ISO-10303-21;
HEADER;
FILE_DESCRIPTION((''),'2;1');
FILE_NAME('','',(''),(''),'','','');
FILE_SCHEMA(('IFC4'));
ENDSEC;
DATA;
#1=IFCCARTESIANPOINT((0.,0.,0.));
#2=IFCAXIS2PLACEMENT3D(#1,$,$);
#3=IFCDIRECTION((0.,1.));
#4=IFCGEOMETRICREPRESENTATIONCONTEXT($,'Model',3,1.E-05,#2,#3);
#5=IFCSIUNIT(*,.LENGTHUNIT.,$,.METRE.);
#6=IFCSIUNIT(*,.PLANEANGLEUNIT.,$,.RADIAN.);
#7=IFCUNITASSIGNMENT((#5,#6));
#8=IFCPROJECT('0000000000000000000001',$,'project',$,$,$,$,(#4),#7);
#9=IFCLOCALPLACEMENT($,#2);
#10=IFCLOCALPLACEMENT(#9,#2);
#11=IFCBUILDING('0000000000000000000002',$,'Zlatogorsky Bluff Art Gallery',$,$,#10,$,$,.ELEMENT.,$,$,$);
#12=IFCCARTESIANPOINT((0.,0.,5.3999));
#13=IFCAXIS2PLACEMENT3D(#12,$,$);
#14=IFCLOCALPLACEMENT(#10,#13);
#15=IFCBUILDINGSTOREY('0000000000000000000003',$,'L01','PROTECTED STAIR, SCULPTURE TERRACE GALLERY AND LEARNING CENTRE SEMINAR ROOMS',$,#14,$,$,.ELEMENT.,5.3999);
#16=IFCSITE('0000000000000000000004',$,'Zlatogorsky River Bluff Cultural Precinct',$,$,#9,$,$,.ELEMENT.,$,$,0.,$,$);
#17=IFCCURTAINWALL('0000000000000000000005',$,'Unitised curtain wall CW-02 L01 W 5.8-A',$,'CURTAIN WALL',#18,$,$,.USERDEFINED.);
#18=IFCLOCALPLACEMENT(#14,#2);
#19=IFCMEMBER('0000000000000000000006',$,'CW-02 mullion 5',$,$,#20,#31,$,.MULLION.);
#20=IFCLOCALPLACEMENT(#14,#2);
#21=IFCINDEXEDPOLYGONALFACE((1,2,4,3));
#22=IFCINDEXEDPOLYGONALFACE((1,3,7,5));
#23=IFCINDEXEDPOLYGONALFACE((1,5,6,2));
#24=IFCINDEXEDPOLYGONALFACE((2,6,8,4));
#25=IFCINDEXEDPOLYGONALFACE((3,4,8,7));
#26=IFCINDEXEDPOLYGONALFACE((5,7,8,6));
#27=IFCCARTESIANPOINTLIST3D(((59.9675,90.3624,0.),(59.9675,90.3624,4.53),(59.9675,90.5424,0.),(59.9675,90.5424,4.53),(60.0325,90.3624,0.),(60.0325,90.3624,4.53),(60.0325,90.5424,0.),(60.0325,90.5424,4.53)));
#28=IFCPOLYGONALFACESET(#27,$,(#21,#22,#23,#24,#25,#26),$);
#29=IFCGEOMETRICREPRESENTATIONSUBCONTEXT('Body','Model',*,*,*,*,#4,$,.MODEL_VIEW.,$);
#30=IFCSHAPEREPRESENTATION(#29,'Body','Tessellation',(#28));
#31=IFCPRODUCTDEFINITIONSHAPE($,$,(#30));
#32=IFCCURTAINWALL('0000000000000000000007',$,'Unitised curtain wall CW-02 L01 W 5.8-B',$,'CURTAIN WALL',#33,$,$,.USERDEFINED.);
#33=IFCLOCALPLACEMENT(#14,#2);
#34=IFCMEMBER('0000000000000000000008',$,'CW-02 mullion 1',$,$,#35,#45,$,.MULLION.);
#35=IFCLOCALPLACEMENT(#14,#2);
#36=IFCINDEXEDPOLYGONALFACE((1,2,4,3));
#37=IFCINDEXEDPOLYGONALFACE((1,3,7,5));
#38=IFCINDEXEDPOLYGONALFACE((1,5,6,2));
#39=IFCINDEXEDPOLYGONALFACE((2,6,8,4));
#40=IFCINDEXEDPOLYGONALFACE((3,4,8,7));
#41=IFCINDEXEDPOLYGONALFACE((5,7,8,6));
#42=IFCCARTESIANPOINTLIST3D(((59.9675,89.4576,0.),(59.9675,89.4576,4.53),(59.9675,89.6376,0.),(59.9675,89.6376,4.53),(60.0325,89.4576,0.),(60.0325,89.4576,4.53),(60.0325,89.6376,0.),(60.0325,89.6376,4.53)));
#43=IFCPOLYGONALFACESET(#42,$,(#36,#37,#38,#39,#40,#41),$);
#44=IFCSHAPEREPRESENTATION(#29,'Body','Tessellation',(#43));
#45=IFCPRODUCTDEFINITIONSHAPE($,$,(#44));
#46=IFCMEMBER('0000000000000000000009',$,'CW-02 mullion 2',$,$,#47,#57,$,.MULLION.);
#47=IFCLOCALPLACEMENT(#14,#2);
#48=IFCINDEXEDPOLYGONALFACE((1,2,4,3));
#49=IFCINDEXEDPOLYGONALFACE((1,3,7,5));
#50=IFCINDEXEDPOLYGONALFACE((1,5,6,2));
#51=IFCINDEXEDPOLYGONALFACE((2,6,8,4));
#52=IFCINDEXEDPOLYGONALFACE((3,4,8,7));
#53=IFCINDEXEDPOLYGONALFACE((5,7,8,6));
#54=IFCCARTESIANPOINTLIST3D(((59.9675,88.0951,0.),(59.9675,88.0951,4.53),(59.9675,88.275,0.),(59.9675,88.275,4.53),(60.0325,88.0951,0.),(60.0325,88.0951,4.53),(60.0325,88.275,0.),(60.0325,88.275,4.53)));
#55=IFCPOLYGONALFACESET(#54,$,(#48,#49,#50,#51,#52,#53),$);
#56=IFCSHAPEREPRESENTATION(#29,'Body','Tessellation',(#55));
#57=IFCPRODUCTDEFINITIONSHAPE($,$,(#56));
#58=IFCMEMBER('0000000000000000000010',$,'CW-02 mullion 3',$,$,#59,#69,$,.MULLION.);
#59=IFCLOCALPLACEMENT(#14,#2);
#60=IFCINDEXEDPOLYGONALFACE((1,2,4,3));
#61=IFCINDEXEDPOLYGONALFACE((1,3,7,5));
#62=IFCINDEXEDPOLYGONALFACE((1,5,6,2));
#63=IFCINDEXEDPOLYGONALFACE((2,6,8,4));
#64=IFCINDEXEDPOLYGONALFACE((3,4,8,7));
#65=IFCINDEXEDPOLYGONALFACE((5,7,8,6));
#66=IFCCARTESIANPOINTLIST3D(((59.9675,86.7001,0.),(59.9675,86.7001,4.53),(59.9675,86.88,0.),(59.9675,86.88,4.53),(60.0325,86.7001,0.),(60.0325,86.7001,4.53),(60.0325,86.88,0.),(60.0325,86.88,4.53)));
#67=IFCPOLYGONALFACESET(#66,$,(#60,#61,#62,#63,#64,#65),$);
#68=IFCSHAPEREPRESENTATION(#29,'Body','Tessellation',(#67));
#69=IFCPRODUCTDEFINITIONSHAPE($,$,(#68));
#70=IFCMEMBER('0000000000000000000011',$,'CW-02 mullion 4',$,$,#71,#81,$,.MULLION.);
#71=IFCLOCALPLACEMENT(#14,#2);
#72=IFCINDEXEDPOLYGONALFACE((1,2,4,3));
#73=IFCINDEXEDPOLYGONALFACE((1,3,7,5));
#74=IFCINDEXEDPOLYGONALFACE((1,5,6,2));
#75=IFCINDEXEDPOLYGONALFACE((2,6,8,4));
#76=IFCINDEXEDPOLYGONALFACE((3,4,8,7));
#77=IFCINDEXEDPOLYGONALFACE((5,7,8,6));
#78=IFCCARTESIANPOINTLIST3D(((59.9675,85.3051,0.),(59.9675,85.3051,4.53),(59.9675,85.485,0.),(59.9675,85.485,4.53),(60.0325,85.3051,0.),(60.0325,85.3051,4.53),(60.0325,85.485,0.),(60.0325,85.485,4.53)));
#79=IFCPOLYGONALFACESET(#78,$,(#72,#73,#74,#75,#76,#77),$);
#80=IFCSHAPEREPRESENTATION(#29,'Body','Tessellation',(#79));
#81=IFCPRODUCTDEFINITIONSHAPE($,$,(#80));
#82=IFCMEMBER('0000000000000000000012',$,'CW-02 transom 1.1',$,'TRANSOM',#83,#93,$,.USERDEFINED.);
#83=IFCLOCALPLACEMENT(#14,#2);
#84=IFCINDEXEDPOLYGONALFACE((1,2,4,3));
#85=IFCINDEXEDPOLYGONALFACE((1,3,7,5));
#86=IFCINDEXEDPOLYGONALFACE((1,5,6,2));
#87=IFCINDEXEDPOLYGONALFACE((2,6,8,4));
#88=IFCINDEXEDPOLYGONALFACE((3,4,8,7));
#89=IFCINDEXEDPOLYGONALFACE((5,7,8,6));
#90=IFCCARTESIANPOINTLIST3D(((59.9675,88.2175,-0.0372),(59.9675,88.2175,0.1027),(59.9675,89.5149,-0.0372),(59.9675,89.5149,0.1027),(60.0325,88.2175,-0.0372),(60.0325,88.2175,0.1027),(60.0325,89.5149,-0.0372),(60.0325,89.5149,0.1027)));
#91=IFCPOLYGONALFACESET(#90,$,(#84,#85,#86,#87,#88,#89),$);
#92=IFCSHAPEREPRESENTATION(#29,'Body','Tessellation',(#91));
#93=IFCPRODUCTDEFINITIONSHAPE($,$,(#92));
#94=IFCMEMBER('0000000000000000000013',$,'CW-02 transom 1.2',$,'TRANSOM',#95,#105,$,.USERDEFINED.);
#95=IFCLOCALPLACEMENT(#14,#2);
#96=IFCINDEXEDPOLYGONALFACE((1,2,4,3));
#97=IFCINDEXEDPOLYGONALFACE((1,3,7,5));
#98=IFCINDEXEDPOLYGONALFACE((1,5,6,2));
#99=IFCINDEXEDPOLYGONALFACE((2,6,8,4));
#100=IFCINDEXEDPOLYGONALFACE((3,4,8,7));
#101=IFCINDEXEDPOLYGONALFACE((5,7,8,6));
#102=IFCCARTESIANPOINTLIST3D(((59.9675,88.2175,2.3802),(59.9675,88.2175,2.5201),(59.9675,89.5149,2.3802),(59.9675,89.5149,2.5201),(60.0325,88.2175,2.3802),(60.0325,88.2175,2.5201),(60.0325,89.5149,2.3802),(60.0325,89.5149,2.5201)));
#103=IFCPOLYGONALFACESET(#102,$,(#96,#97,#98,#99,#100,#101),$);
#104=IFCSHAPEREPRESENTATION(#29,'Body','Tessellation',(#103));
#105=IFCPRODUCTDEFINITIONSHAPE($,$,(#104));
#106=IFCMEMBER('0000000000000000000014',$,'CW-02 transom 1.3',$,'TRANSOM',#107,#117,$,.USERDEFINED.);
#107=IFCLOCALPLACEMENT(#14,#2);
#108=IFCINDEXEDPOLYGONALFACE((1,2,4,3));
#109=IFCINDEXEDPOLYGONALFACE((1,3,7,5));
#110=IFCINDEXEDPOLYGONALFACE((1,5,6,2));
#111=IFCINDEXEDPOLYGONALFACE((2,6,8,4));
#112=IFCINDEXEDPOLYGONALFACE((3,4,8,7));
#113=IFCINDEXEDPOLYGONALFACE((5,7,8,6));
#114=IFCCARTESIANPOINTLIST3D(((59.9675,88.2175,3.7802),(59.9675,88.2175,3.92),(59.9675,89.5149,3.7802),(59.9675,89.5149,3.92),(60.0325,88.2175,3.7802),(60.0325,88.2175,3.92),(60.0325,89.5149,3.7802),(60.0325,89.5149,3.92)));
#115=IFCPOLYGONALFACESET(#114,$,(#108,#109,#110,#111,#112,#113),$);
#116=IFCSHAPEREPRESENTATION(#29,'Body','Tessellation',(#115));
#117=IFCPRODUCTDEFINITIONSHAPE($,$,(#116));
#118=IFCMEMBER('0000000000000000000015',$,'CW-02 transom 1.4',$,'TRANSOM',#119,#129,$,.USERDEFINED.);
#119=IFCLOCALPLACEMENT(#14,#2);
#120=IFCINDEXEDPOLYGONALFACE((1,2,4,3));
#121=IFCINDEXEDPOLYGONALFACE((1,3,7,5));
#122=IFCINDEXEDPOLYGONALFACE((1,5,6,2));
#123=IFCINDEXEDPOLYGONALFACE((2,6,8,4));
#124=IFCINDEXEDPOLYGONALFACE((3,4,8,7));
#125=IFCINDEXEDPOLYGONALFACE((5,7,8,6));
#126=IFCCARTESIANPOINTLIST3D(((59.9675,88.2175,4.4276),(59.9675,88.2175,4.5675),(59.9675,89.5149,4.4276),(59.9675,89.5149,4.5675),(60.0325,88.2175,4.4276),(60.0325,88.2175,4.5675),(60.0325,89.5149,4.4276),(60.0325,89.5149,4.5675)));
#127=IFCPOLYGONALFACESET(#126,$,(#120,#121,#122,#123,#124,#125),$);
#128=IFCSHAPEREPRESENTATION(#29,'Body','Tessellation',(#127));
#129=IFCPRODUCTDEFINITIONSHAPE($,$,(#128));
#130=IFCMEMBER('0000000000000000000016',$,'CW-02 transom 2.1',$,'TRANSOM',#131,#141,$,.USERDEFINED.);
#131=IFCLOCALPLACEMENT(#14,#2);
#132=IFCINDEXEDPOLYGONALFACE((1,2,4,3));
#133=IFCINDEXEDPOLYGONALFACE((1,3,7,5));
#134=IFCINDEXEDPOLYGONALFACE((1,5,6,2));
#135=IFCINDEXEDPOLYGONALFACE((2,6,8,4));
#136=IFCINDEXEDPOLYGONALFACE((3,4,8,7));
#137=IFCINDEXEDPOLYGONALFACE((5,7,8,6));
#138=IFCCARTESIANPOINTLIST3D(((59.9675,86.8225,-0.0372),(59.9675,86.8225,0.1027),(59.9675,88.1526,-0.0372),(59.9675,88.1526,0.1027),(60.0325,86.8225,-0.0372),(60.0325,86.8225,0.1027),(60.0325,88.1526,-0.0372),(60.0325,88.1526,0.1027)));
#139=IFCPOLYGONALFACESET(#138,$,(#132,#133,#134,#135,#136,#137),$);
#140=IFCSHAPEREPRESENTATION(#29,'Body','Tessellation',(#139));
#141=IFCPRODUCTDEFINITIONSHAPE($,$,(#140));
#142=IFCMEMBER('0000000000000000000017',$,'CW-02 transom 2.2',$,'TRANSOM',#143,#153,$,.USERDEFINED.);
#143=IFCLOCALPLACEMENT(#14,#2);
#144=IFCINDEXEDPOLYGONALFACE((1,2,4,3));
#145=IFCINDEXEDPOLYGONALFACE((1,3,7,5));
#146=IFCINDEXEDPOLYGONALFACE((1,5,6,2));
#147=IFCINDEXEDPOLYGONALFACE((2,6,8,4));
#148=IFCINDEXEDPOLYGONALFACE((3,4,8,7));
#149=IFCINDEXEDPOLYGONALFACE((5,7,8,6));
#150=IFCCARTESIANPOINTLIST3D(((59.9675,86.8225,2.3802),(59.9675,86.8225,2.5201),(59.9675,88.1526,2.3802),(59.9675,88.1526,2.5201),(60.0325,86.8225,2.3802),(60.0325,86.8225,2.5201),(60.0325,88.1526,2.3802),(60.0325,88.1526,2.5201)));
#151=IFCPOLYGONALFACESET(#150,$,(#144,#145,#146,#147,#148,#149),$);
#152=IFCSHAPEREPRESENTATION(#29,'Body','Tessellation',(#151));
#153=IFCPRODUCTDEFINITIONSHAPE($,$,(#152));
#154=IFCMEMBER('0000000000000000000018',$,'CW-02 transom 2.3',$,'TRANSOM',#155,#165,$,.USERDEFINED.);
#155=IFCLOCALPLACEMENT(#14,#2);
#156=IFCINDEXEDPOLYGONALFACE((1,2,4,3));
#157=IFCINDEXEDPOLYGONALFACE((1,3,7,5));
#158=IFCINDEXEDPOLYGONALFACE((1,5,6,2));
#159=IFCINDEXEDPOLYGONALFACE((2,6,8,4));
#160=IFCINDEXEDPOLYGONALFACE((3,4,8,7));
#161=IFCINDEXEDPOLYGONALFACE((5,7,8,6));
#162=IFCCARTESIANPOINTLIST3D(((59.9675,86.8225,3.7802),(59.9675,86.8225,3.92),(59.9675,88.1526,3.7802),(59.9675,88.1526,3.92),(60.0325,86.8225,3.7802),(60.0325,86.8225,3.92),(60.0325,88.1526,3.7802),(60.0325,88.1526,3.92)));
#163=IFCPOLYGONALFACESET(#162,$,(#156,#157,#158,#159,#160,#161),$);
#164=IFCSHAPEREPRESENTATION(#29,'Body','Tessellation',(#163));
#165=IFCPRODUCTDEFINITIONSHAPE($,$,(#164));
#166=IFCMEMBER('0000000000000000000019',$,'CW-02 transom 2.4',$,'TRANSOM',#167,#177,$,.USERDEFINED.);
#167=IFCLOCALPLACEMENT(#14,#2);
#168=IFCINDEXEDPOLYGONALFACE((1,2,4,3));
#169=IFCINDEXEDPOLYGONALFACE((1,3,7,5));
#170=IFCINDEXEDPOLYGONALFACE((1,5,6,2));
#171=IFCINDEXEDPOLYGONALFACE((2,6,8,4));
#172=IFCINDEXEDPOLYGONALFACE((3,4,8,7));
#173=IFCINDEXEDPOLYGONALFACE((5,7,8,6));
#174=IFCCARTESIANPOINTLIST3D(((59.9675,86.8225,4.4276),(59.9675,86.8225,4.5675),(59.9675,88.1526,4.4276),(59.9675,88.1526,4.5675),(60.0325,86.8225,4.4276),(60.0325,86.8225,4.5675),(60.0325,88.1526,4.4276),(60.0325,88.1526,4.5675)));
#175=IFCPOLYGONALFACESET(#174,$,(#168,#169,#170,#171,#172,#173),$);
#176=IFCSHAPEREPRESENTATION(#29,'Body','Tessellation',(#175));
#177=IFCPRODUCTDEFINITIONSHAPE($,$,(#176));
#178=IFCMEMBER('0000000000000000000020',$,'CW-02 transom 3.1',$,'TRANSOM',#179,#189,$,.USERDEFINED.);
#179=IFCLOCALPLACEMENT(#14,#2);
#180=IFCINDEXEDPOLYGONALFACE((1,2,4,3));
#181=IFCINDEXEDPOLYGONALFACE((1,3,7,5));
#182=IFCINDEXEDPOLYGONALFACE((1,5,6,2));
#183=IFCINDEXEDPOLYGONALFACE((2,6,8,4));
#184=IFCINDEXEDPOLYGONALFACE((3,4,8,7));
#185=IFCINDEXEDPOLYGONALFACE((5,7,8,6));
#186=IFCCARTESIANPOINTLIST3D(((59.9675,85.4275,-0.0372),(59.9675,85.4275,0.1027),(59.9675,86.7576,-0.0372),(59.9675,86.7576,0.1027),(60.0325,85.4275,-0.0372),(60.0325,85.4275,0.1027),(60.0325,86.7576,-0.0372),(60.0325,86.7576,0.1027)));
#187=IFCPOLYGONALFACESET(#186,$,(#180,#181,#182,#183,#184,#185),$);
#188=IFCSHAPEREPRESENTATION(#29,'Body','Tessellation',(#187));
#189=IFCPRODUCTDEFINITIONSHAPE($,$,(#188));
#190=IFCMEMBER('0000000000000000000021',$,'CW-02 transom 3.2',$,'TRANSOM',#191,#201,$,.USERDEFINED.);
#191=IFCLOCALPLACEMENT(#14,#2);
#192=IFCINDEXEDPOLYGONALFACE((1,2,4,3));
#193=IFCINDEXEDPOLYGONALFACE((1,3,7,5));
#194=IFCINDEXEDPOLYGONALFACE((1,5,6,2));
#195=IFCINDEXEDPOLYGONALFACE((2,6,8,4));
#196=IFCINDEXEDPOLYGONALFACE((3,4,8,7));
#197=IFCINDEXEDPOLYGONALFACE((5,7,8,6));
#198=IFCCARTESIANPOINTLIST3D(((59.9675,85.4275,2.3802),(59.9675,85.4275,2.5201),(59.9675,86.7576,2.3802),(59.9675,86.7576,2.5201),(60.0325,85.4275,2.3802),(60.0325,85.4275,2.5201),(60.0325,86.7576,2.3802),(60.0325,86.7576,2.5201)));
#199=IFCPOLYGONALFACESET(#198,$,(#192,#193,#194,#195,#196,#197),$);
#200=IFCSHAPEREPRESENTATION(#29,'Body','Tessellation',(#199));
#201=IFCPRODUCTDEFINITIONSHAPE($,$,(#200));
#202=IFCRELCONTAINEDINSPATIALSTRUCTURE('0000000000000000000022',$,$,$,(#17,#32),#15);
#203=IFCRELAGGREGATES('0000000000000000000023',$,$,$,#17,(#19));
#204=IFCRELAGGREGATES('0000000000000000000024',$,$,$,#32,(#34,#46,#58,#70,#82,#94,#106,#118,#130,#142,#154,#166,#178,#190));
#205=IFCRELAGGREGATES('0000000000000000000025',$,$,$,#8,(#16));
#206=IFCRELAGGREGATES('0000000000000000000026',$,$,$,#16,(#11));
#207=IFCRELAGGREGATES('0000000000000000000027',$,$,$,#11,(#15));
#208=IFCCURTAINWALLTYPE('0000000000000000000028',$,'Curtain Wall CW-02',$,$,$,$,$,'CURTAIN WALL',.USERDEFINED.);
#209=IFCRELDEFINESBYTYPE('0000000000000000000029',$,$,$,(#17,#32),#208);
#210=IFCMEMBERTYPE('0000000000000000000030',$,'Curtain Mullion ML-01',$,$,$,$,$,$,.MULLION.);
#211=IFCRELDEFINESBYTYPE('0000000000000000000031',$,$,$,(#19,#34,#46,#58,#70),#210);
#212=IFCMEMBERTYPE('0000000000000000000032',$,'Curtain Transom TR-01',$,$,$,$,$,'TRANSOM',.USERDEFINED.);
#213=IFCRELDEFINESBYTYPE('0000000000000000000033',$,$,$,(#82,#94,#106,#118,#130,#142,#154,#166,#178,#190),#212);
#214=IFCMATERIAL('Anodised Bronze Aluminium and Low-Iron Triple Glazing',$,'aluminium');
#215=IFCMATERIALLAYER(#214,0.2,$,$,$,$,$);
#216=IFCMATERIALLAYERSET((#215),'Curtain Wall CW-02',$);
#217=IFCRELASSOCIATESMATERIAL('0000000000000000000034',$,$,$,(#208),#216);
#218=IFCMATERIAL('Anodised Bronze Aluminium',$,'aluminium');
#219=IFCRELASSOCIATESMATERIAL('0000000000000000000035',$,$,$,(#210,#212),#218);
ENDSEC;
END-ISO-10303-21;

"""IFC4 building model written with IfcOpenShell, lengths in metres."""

from ifc_helpers import new_model, si_unit, direction, frame, origin, origin_2d, place, context, subcontext, project, spatial, rectangle, extrude, material, layer, layer_set, material_profile, profile_set, type_object, element, aggregate, save


model = new_model("IFC4")

# Units and contexts
model_context = context("Model", 3, precision=1e-05, world=origin(), true_north=direction((0.0, 1.0)))
body_context = subcontext(model_context, "Body", "Model", "MODEL_VIEW")
ifc_project = project(units=[si_unit("LENGTHUNIT", "METRE"), si_unit("PLANEANGLEUNIT", "RADIAN")], contexts=[model_context])

# Site, building, storey
site_placement = place(None, origin())
site = spatial("IfcSite", under=ifc_project, at=site_placement, Name="Zlatogorsky River Bluff Cultural Precinct", CompositionType="ELEMENT", RefElevation=0.0)
building_placement = place(site_placement, origin())
building = spatial("IfcBuilding", under=site, at=building_placement, Name="Zlatogorsky Bluff Art Gallery", CompositionType="ELEMENT")
storey_placement = place(building_placement, frame((0.0, 0.0, 5.3999)))
storey = spatial("IfcBuildingStorey", under=building, at=storey_placement, Name="L01", Description="PROTECTED STAIR, SCULPTURE TERRACE GALLERY AND LEARNING CENTRE SEMINAR ROOMS", CompositionType="ELEMENT", Elevation=5.3999)

# Curtain wall, member
ifc_material_1 = material(Name="Anodised Bronze Aluminium and Low-Iron Triple Glazing", Category="aluminium")
ifc_layer_1 = layer(ifc_material_1, 0.2)
ifc_layer_set_1 = layer_set([ifc_layer_1], Name="Curtain Wall CW-02")
curtain_wall_type = type_object("IfcCurtainWallType", Name="Curtain Wall CW-02", ElementType="CURTAIN WALL", PredefinedType="USERDEFINED", material=ifc_layer_set_1)
curtain_wall_1_placement = place(storey_placement, origin())
curtain_wall_1 = element("IfcCurtainWall", 1, at=curtain_wall_1_placement, inside=storey, type_object=curtain_wall_type, Name="Unitised curtain wall CW-02 L01 W 5.8-A", ObjectType="CURTAIN WALL", PredefinedType="USERDEFINED")
ifc_material_2 = material(Name="Anodised Bronze Aluminium", Category="aluminium")
ifc_material_profile_1 = material_profile(ifc_material_2, rectangle(XDim=0.0649, YDim=0.1799, at=origin_2d()), Name="ALU MULLION 65x180")
ifc_profile_set_1 = profile_set([ifc_material_profile_1], Name="Anodised Bronze Aluminium")
member_type_1 = type_object("IfcMemberType", Name="Curtain Mullion ML-01", PredefinedType="MULLION", material=ifc_profile_set_1)
member_1_placement = place(storey_placement, frame((60.0, 90.4524, 0.0), z_axis=(0.0, 0.0, 1.0), x_axis=(1.0, 0.0, 0.0)))
member_1 = element("IfcMember", 2, at=member_1_placement, type_object=member_type_1, Name="CW-02 mullion 5", PredefinedType="MULLION", context=body_context, shape_type="SweptSolid", body=[
    extrude(rectangle(XDim=0.0649, YDim=0.1799, at=origin_2d()), origin(), (0.0, 0.0, 1.0), 4.53),
])

# Curtain wall, members
curtain_wall_2_placement = place(storey_placement, origin())
curtain_wall_2 = element("IfcCurtainWall", 3, at=curtain_wall_2_placement, inside=storey, type_object=curtain_wall_type, Name="Unitised curtain wall CW-02 L01 W 5.8-B", ObjectType="CURTAIN WALL", PredefinedType="USERDEFINED")
member_2_placement = place(storey_placement, frame((60.0, 89.5476, 0.0), z_axis=(0.0, 0.0, 1.0), x_axis=(1.0, 0.0, 0.0)))
member_2 = element("IfcMember", 4, at=member_2_placement, type_object=member_type_1, Name="CW-02 mullion 1", PredefinedType="MULLION", context=body_context, shape_type="SweptSolid", body=[
    extrude(rectangle(XDim=0.0649, YDim=0.1799, at=origin_2d()), origin(), (0.0, 0.0, 1.0), 4.53),
])
member_3_placement = place(storey_placement, frame((60.0, 88.1851, 0.0), z_axis=(0.0, 0.0, 1.0), x_axis=(1.0, 0.0, 0.0)))
member_3 = element("IfcMember", 5, at=member_3_placement, type_object=member_type_1, Name="CW-02 mullion 2", PredefinedType="MULLION", context=body_context, shape_type="SweptSolid", body=[
    extrude(rectangle(XDim=0.0649, YDim=0.1799, at=origin_2d()), origin(), (0.0, 0.0, 1.0), 4.53),
])
member_4_placement = place(storey_placement, frame((60.0, 86.79, 0.0), z_axis=(0.0, 0.0, 1.0), x_axis=(1.0, 0.0, 0.0)))
member_4 = element("IfcMember", 6, at=member_4_placement, type_object=member_type_1, Name="CW-02 mullion 3", PredefinedType="MULLION", context=body_context, shape_type="SweptSolid", body=[
    extrude(rectangle(XDim=0.0649, YDim=0.1799, at=origin_2d()), origin(), (0.0, 0.0, 1.0), 4.53),
])
member_5_placement = place(storey_placement, frame((60.0, 85.395, 0.0), z_axis=(0.0, 0.0, 1.0), x_axis=(1.0, 0.0, 0.0)))
member_5 = element("IfcMember", 7, at=member_5_placement, type_object=member_type_1, Name="CW-02 mullion 4", PredefinedType="MULLION", context=body_context, shape_type="SweptSolid", body=[
    extrude(rectangle(XDim=0.0649, YDim=0.1799, at=origin_2d()), origin(), (0.0, 0.0, 1.0), 4.53),
])
ifc_material_profile_2 = material_profile(ifc_material_2, rectangle(XDim=0.0649, YDim=0.1399, at=origin_2d()), Name="ALU TRANSOM 65x140")
ifc_profile_set_2 = profile_set([ifc_material_profile_2], Name="Anodised Bronze Aluminium")
member_type_2 = type_object("IfcMemberType", Name="Curtain Transom TR-01", ElementType="TRANSOM", PredefinedType="USERDEFINED", material=ifc_profile_set_2)
member_6_placement = place(storey_placement, frame((60.0, 89.5149, 0.0327), z_axis=(0.0, -1.0, 0.0), x_axis=(1.0, 0.0, 0.0)))
member_6 = element("IfcMember", 8, at=member_6_placement, type_object=member_type_2, Name="CW-02 transom 1.1", ObjectType="TRANSOM", PredefinedType="USERDEFINED", context=body_context, shape_type="SweptSolid", body=[
    extrude(rectangle(XDim=0.0649, YDim=0.1399, at=origin_2d()), origin(), (0.0, 0.0, 1.0), 1.2974),
])
member_7_placement = place(storey_placement, frame((60.0, 89.5149, 2.4502), z_axis=(0.0, -1.0, 0.0), x_axis=(1.0, 0.0, 0.0)))
member_7 = element("IfcMember", 9, at=member_7_placement, type_object=member_type_2, Name="CW-02 transom 1.2", ObjectType="TRANSOM", PredefinedType="USERDEFINED", context=body_context, shape_type="SweptSolid", body=[
    extrude(rectangle(XDim=0.0649, YDim=0.1399, at=origin_2d()), origin(), (0.0, 0.0, 1.0), 1.2974),
])
member_8_placement = place(storey_placement, frame((60.0, 89.5149, 3.8501), z_axis=(0.0, -1.0, 0.0), x_axis=(1.0, 0.0, 0.0)))
member_8 = element("IfcMember", 10, at=member_8_placement, type_object=member_type_2, Name="CW-02 transom 1.3", ObjectType="TRANSOM", PredefinedType="USERDEFINED", context=body_context, shape_type="SweptSolid", body=[
    extrude(rectangle(XDim=0.0649, YDim=0.1399, at=origin_2d()), origin(), (0.0, 0.0, 1.0), 1.2974),
])
member_9_placement = place(storey_placement, frame((60.0, 89.5149, 4.4976), z_axis=(0.0, -1.0, 0.0), x_axis=(1.0, 0.0, 0.0)))
member_9 = element("IfcMember", 11, at=member_9_placement, type_object=member_type_2, Name="CW-02 transom 1.4", ObjectType="TRANSOM", PredefinedType="USERDEFINED", context=body_context, shape_type="SweptSolid", body=[
    extrude(rectangle(XDim=0.0649, YDim=0.1399, at=origin_2d()), origin(), (0.0, 0.0, 1.0), 1.2974),
])
member_10_placement = place(storey_placement, frame((60.0, 88.1526, 0.0327), z_axis=(0.0, -1.0, 0.0), x_axis=(1.0, 0.0, 0.0)))
member_10 = element("IfcMember", 12, at=member_10_placement, type_object=member_type_2, Name="CW-02 transom 2.1", ObjectType="TRANSOM", PredefinedType="USERDEFINED", context=body_context, shape_type="SweptSolid", body=[
    extrude(rectangle(XDim=0.0649, YDim=0.1399, at=origin_2d()), origin(), (0.0, 0.0, 1.0), 1.3301),
])
member_11_placement = place(storey_placement, frame((60.0, 88.1526, 2.4502), z_axis=(0.0, -1.0, 0.0), x_axis=(1.0, 0.0, 0.0)))
member_11 = element("IfcMember", 13, at=member_11_placement, type_object=member_type_2, Name="CW-02 transom 2.2", ObjectType="TRANSOM", PredefinedType="USERDEFINED", context=body_context, shape_type="SweptSolid", body=[
    extrude(rectangle(XDim=0.0649, YDim=0.1399, at=origin_2d()), origin(), (0.0, 0.0, 1.0), 1.3301),
])
member_12_placement = place(storey_placement, frame((60.0, 88.1526, 3.8501), z_axis=(0.0, -1.0, 0.0), x_axis=(1.0, 0.0, 0.0)))
member_12 = element("IfcMember", 14, at=member_12_placement, type_object=member_type_2, Name="CW-02 transom 2.3", ObjectType="TRANSOM", PredefinedType="USERDEFINED", context=body_context, shape_type="SweptSolid", body=[
    extrude(rectangle(XDim=0.0649, YDim=0.1399, at=origin_2d()), origin(), (0.0, 0.0, 1.0), 1.3301),
])
member_13_placement = place(storey_placement, frame((60.0, 88.1526, 4.4976), z_axis=(0.0, -1.0, 0.0), x_axis=(1.0, 0.0, 0.0)))
member_13 = element("IfcMember", 15, at=member_13_placement, type_object=member_type_2, Name="CW-02 transom 2.4", ObjectType="TRANSOM", PredefinedType="USERDEFINED", context=body_context, shape_type="SweptSolid", body=[
    extrude(rectangle(XDim=0.0649, YDim=0.1399, at=origin_2d()), origin(), (0.0, 0.0, 1.0), 1.3301),
])
member_14_placement = place(storey_placement, frame((60.0, 86.7576, 0.0327), z_axis=(0.0, -1.0, 0.0), x_axis=(1.0, 0.0, 0.0)))
member_14 = element("IfcMember", 16, at=member_14_placement, type_object=member_type_2, Name="CW-02 transom 3.1", ObjectType="TRANSOM", PredefinedType="USERDEFINED", context=body_context, shape_type="SweptSolid", body=[
    extrude(rectangle(XDim=0.0649, YDim=0.1399, at=origin_2d()), origin(), (0.0, 0.0, 1.0), 1.3301),
])
member_15_placement = place(storey_placement, frame((60.0, 86.7576, 2.4502), z_axis=(0.0, -1.0, 0.0), x_axis=(1.0, 0.0, 0.0)))
member_15 = element("IfcMember", 17, at=member_15_placement, type_object=member_type_2, Name="CW-02 transom 3.2", ObjectType="TRANSOM", PredefinedType="USERDEFINED", context=body_context, shape_type="SweptSolid", body=[
    extrude(rectangle(XDim=0.0649, YDim=0.1399, at=origin_2d()), origin(), (0.0, 0.0, 1.0), 1.3301),
])

aggregate(curtain_wall_1, [member_1])
aggregate(curtain_wall_2, [member_2, member_3, member_4, member_5, member_6, member_7, member_8, member_9, member_10, member_11, member_12, member_13, member_14, member_15])

save(model, "model.ifc")
